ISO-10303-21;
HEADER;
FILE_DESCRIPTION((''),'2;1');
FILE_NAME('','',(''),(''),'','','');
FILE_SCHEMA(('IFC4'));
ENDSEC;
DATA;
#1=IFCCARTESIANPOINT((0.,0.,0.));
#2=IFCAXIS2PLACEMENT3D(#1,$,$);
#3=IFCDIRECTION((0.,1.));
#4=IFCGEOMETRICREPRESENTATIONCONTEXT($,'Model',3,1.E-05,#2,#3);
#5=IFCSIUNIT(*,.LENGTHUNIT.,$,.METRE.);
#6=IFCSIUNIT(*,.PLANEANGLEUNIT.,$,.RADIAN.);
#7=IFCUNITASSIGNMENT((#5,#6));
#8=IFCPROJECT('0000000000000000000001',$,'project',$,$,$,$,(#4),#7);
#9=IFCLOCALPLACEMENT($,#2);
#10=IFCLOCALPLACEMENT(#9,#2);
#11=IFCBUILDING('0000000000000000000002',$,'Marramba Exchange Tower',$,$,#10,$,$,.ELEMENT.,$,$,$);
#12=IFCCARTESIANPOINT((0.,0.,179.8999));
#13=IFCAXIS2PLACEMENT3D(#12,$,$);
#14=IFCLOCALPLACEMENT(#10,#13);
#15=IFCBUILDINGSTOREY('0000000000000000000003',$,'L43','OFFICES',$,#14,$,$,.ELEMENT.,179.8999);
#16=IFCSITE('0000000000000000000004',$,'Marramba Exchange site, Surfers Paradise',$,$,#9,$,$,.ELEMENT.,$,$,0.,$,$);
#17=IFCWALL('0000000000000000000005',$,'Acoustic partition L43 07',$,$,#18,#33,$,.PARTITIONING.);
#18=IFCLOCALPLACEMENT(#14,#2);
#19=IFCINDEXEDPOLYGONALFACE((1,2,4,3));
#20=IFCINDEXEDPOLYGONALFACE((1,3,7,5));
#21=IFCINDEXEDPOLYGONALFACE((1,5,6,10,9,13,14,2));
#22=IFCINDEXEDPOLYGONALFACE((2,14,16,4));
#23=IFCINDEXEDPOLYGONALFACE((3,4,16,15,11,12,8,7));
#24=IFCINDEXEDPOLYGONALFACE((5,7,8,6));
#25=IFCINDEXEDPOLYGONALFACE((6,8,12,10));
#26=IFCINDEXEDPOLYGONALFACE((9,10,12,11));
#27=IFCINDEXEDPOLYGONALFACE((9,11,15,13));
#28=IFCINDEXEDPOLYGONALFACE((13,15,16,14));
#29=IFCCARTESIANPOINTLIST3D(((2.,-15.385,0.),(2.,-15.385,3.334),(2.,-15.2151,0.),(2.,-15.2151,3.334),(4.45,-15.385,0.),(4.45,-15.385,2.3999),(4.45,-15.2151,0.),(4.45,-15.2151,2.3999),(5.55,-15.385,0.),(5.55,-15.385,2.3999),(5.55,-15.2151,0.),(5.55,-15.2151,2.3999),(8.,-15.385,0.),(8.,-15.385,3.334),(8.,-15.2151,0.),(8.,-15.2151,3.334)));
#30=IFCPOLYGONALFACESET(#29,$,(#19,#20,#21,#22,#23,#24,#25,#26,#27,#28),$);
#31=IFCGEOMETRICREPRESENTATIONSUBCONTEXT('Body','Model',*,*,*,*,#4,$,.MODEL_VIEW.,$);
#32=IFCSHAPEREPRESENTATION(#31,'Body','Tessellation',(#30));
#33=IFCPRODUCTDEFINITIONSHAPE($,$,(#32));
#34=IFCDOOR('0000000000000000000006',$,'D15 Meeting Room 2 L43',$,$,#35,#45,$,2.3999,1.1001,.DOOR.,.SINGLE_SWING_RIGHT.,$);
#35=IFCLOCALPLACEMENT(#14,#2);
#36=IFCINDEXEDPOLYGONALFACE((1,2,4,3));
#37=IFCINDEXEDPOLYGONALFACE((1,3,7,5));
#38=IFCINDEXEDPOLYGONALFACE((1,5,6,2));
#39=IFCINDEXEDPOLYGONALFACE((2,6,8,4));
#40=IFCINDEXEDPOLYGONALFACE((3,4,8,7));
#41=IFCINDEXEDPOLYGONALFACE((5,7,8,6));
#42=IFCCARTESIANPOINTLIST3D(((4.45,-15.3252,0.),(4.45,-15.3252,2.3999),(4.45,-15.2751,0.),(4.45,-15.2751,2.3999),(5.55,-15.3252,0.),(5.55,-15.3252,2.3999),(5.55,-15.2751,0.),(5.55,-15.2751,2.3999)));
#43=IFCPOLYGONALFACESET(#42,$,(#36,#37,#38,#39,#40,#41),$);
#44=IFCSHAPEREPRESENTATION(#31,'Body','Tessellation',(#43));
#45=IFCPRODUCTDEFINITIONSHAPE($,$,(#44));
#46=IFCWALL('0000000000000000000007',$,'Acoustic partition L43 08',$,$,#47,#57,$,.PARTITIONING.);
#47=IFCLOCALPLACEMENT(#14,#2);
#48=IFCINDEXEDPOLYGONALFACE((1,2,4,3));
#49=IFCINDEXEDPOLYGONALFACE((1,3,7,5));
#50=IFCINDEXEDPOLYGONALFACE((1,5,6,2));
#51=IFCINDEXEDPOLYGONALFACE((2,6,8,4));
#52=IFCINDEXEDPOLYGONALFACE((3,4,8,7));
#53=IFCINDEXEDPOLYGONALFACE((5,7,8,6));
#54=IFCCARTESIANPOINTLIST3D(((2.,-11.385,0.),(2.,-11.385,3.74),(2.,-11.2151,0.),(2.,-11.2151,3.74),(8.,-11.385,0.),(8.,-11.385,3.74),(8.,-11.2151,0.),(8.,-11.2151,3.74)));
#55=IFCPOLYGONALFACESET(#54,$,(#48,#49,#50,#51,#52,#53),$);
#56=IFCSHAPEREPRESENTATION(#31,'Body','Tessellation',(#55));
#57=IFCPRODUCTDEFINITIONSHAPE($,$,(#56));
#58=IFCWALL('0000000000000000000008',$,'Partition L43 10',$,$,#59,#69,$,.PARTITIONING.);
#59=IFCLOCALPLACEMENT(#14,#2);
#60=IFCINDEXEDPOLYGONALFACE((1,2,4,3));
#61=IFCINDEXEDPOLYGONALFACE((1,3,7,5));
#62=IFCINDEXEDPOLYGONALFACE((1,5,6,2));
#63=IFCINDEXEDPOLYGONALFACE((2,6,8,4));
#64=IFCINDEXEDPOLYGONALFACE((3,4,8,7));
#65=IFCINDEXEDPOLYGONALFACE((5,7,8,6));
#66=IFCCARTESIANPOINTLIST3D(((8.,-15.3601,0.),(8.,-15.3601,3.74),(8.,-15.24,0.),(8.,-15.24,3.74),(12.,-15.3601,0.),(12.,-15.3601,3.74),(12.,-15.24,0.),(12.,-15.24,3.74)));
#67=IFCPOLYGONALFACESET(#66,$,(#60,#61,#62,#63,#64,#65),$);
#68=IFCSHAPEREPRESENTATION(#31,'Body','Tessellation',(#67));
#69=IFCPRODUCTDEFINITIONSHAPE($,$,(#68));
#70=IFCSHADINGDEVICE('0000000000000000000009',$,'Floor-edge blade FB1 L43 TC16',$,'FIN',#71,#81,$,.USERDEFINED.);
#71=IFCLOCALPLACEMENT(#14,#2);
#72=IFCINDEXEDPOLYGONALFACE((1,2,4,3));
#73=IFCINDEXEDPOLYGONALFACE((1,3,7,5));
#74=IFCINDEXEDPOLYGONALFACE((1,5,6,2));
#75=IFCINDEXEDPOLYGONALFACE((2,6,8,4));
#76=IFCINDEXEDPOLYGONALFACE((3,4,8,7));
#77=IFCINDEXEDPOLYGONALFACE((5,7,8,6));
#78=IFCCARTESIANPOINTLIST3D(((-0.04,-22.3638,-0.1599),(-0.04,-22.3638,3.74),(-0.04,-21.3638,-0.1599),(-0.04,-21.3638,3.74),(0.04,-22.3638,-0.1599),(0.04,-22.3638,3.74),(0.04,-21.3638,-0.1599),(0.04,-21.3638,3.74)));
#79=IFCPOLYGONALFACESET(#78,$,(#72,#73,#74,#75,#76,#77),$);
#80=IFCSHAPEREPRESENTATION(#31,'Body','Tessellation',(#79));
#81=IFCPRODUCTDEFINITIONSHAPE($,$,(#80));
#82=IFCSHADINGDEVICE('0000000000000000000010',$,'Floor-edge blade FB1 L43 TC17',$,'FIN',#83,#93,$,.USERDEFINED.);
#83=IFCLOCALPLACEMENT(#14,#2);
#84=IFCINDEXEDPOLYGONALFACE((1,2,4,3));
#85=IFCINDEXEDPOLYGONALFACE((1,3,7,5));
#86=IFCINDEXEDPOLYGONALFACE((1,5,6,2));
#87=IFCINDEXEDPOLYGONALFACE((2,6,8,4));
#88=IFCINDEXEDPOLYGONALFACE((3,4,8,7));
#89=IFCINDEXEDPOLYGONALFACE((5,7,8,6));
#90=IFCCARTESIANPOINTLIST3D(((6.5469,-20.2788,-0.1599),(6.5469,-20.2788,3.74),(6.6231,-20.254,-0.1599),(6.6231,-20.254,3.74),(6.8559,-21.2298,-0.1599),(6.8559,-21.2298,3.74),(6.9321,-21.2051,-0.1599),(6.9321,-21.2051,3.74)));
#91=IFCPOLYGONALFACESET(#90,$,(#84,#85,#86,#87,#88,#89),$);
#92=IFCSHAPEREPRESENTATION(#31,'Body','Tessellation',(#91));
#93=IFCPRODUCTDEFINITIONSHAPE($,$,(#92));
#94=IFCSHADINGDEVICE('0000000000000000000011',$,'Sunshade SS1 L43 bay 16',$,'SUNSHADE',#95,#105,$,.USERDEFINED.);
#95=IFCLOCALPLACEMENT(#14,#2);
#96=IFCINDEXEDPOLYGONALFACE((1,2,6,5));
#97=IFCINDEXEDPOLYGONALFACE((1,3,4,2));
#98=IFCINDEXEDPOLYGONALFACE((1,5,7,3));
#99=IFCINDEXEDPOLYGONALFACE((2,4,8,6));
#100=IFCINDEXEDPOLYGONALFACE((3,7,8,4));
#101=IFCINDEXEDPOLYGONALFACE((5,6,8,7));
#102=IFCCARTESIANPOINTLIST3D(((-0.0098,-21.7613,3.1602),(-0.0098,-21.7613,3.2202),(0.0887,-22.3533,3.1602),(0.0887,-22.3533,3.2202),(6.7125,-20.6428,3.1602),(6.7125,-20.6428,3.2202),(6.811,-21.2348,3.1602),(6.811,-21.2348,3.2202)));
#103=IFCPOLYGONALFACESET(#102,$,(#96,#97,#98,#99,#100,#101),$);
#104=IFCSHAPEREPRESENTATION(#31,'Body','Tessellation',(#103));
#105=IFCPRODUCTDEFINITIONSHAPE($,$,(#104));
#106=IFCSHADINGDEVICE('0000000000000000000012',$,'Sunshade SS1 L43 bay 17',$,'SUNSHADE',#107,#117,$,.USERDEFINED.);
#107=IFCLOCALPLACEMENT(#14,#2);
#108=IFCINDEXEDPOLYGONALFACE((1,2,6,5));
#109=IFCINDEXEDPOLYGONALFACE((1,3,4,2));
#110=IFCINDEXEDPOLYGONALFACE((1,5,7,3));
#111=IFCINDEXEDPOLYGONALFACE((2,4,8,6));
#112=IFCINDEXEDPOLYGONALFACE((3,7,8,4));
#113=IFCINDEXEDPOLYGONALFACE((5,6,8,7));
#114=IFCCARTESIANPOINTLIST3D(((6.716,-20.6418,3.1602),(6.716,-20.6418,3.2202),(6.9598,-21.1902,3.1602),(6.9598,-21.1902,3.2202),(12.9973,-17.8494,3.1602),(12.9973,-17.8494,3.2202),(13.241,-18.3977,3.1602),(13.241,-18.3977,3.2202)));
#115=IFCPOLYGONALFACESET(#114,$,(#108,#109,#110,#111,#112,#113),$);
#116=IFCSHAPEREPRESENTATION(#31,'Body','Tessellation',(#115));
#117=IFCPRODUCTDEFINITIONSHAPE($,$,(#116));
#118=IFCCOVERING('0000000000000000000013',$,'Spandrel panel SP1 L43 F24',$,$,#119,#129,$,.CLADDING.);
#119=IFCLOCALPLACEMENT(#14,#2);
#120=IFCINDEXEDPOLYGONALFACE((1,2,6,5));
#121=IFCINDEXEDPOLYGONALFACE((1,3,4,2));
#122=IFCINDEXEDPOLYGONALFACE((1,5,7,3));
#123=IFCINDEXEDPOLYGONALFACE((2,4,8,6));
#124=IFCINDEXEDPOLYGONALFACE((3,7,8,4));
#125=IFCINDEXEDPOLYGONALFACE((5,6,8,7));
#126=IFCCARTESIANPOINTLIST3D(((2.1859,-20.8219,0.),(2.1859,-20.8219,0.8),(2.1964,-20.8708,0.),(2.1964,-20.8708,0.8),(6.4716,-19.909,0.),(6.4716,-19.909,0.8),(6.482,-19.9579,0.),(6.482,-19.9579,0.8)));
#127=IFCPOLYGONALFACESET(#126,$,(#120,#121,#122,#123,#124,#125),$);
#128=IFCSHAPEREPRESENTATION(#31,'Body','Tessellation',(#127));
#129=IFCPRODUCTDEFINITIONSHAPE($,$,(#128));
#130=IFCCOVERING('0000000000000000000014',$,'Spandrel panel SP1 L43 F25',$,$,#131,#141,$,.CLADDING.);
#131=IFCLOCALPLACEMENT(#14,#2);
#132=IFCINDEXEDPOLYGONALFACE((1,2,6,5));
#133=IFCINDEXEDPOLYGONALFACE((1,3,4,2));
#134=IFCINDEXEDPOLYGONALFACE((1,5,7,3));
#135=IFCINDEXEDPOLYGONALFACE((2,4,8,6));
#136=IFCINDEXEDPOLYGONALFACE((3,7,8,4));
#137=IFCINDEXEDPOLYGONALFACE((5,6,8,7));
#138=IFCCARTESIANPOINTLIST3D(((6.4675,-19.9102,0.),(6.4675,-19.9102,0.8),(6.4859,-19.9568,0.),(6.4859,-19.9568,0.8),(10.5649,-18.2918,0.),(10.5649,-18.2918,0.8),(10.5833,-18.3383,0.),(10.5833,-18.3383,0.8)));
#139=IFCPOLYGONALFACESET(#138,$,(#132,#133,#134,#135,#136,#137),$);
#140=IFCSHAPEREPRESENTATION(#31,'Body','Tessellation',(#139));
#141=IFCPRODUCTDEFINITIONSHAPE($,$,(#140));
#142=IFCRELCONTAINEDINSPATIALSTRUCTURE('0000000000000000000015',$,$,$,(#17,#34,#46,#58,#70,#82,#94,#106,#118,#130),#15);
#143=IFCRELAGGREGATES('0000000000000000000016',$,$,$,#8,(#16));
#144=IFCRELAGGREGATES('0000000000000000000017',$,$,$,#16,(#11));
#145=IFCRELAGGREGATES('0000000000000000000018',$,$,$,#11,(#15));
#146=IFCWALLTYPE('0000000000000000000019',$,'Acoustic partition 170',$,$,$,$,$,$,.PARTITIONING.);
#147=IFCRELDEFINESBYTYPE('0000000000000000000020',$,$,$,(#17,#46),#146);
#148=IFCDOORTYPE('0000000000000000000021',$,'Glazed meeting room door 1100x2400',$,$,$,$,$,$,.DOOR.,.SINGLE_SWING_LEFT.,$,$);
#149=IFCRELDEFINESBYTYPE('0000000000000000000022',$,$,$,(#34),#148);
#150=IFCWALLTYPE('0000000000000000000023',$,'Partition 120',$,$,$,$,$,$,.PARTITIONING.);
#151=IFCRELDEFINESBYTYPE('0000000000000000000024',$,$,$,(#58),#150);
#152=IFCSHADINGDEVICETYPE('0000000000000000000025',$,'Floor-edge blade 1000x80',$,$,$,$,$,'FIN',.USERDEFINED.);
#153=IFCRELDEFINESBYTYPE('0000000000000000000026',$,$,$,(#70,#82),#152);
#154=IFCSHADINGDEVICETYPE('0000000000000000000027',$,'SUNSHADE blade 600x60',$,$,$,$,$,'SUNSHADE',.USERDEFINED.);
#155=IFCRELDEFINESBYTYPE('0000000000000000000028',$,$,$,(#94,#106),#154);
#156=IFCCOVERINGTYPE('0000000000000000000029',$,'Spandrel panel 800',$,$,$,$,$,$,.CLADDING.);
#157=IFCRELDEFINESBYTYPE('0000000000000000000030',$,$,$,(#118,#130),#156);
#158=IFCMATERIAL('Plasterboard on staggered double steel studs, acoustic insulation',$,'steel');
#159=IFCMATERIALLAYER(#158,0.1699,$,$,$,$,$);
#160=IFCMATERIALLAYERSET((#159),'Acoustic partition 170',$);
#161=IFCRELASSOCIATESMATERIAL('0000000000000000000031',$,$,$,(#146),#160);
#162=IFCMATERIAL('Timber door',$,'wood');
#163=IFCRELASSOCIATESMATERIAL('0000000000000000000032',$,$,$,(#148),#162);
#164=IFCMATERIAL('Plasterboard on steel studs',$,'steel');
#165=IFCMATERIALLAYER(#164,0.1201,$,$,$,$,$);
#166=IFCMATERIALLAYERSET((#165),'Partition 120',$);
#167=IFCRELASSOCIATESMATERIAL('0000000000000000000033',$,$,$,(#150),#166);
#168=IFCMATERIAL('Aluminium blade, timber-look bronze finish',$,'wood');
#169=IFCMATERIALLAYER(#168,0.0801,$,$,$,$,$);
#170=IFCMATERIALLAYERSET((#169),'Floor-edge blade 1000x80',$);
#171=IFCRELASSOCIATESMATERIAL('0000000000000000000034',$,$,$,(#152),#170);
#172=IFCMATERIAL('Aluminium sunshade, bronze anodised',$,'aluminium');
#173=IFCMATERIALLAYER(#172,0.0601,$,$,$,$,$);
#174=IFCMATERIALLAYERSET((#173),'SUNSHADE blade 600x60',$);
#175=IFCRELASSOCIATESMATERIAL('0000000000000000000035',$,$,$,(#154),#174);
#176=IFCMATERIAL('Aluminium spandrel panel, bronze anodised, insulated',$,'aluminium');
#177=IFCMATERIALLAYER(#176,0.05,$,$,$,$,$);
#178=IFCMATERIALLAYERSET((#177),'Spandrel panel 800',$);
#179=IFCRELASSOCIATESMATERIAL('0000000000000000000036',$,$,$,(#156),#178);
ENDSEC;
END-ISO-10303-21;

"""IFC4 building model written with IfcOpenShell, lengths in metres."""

from ifc_helpers import new_model, si_unit, direction, frame, frame_2d, origin, origin_2d, place, context, subcontext, project, spatial, rectangle, extrude, material, layer, layer_set, type_object, element, fill, save


model = new_model("IFC4")

# Units and contexts
model_context = context("Model", 3, precision=1e-05, world=origin(), true_north=direction((0.0, 1.0)))
body_context = subcontext(model_context, "Body", "Model", "MODEL_VIEW")
ifc_project = project(units=[si_unit("LENGTHUNIT", "METRE"), si_unit("PLANEANGLEUNIT", "RADIAN")], contexts=[model_context])

# Site, building, storey
site_placement = place(None, origin())
site = spatial("IfcSite", under=ifc_project, at=site_placement, Name="Marramba Exchange site, Surfers Paradise", CompositionType="ELEMENT", RefElevation=0.0)
building_placement = place(site_placement, origin())
building = spatial("IfcBuilding", under=site, at=building_placement, Name="Marramba Exchange Tower", CompositionType="ELEMENT")
storey_placement = place(building_placement, frame((0.0, 0.0, 179.8999)))
storey = spatial("IfcBuildingStorey", under=building, at=storey_placement, Name="L43", Description="OFFICES", CompositionType="ELEMENT", Elevation=179.8999)

# Shared definitions
ifc_material_1 = material(Name="Plasterboard on staggered double steel studs, acoustic insulation", Category="steel")
ifc_layer_1 = layer(ifc_material_1, 0.1699)
ifc_layer_set_1 = layer_set([ifc_layer_1], Name="Acoustic partition 170")
wall_type_1 = type_object("IfcWallType", Name="Acoustic partition 170", PredefinedType="PARTITIONING", material=ifc_layer_set_1)

# Wall, opening, door
wall_1_placement = place(storey_placement, frame((2.0, -15.3, 0.0), z_axis=(0.0, 0.0, 1.0), x_axis=(1.0, 0.0, 0.0)))
wall_1 = element("IfcWall", 1, at=wall_1_placement, inside=storey, type_object=wall_type_1, Name="Acoustic partition L43 07", PredefinedType="PARTITIONING", context=body_context, shape_type="SweptSolid", body=[
    extrude(rectangle(XDim=6.0, YDim=0.1699, at=frame_2d((3.0, 0.0))), origin(), (0.0, 0.0, 1.0), 3.334),
])
opening_placement = place(wall_1_placement, frame((2.45, 0.0, 0.0)))
opening = element("IfcOpeningElement", 2, at=opening_placement, cuts=wall_1, PredefinedType="OPENING", context=body_context, shape_type="SweptSolid", body=[
    extrude(rectangle(XDim=1.1001, YDim=2.3999, at=frame_2d((0.55, 1.2))), frame((0.0, 0.095, 0.0), z_axis=(0.0, -1.0, 0.0), x_axis=(1.0, 0.0, 0.0)), (0.0, 0.0, 1.0), 0.1899),
])
ifc_material_2 = material(Name="Timber door", Category="wood")
door_type = type_object("IfcDoorType", Name="Glazed meeting room door 1100x2400", OperationType="SINGLE_SWING_LEFT", PredefinedType="DOOR", material=ifc_material_2)
door_placement = place(opening_placement, origin())
door = element("IfcDoor", 3, at=door_placement, inside=storey, type_object=door_type, Name="D15 Meeting Room 2 L43", OperationType="SINGLE_SWING_RIGHT", OverallHeight=2.3999, OverallWidth=1.1001, PredefinedType="DOOR", context=body_context, shape_type="SweptSolid", body=[
    extrude(rectangle(XDim=1.1001, YDim=2.3999, at=frame_2d((0.55, 1.2))), frame((0.0, 0.0249, 0.0), z_axis=(0.0, -1.0, 0.0), x_axis=(1.0, 0.0, 0.0)), (0.0, 0.0, 1.0), 0.05),
])
fill(opening, door)

# Walls
wall_2_placement = place(storey_placement, frame((8.0, -11.3, 0.0), z_axis=(0.0, 0.0, 1.0), x_axis=(-1.0, 0.0, 0.0)))
element("IfcWall", 4, at=wall_2_placement, inside=storey, type_object=wall_type_1, Name="Acoustic partition L43 08", PredefinedType="PARTITIONING", context=body_context, shape_type="SweptSolid", body=[
    extrude(rectangle(XDim=6.0, YDim=0.1699, at=frame_2d((3.0, 0.0))), origin(), (0.0, 0.0, 1.0), 3.74),
])
ifc_material_3 = material(Name="Plasterboard on steel studs", Category="steel")
ifc_layer_2 = layer(ifc_material_3, 0.1201)
ifc_layer_set_2 = layer_set([ifc_layer_2], Name="Partition 120")
wall_type_2 = type_object("IfcWallType", Name="Partition 120", PredefinedType="PARTITIONING", material=ifc_layer_set_2)
wall_3_placement = place(storey_placement, frame((8.0, -15.3, 0.0), z_axis=(0.0, 0.0, 1.0), x_axis=(1.0, 0.0, 0.0)))
element("IfcWall", 5, at=wall_3_placement, inside=storey, type_object=wall_type_2, Name="Partition L43 10", PredefinedType="PARTITIONING", context=body_context, shape_type="SweptSolid", body=[
    extrude(rectangle(XDim=4.0, YDim=0.1201, at=frame_2d((2.0, 0.0))), origin(), (0.0, 0.0, 1.0), 3.74),
])

# Shading devices
ifc_material_4 = material(Name="Aluminium blade, timber-look bronze finish", Category="wood")
ifc_layer_3 = layer(ifc_material_4, 0.0801)
ifc_layer_set_3 = layer_set([ifc_layer_3], Name="Floor-edge blade 1000x80")
shading_device_type_1 = type_object("IfcShadingDeviceType", Name="Floor-edge blade 1000x80", ElementType="FIN", PredefinedType="USERDEFINED", material=ifc_layer_set_3)
for number, where, z_axis, x_axis, name in (
    (6, (0.0, -21.8638, -0.1599), (0.0, 0.0, 1.0), (0.0, -1.0, 0.0), "Floor-edge blade FB1 L43 TC16"),
    (7, (6.7395, -20.7419, -0.1599), (0.0, 0.0, 1.0), (0.309017, -0.951057, 0.0), "Floor-edge blade FB1 L43 TC17"),
):
    element("IfcShadingDevice", number, at=place(storey_placement, frame(where, z_axis=z_axis, x_axis=x_axis)), inside=storey, type_object=shading_device_type_1, Name=name, ObjectType="FIN", PredefinedType="USERDEFINED", context=body_context, shape_type="SweptSolid", body=[
        extrude(rectangle(XDim=1.0, YDim=0.0801, at=origin_2d()), origin(), (0.0, 0.0, 1.0), 3.8999),
    ])
ifc_material_5 = material(Name="Aluminium sunshade, bronze anodised", Category="aluminium")
ifc_layer_4 = layer(ifc_material_5, 0.0601)
ifc_layer_set_4 = layer_set([ifc_layer_4], Name="SUNSHADE blade 600x60")
shading_device_type_2 = type_object("IfcShadingDeviceType", Name="SUNSHADE blade 600x60", ElementType="SUNSHADE", PredefinedType="USERDEFINED", material=ifc_layer_set_4)
shading_device_1_placement = place(storey_placement, frame((3.4006, -21.498, 3.1602), z_axis=(0.0, 0.0, 1.0), x_axis=(0.98644, 0.164125, 0.0)))
element("IfcShadingDevice", 8, at=shading_device_1_placement, inside=storey, type_object=shading_device_type_2, Name="Sunshade SS1 L43 bay 16", ObjectType="SUNSHADE", PredefinedType="USERDEFINED", context=body_context, shape_type="SweptSolid", body=[
    extrude(rectangle(XDim=6.8147, YDim=0.6001, at=origin_2d()), origin(), (0.0, 0.0, 1.0), 0.0601),
])
shading_device_2_placement = place(storey_placement, frame((9.9785, -19.5198, 3.1602), z_axis=(0.0, 0.0, 1.0), x_axis=(0.913772, 0.406228, 0.0)))
element("IfcShadingDevice", 9, at=shading_device_2_placement, inside=storey, type_object=shading_device_type_2, Name="Sunshade SS1 L43 bay 17", ObjectType="SUNSHADE", PredefinedType="USERDEFINED", context=body_context, shape_type="SweptSolid", body=[
    extrude(rectangle(XDim=6.874, YDim=0.6001, at=origin_2d()), origin(), (0.0, 0.0, 1.0), 0.0601),
])

# Coverings
ifc_material_6 = material(Name="Aluminium spandrel panel, bronze anodised, insulated", Category="aluminium")
ifc_layer_5 = layer(ifc_material_6, 0.05)
ifc_layer_set_5 = layer_set([ifc_layer_5], Name="Spandrel panel 800")
covering_type = type_object("IfcCoveringType", Name="Spandrel panel 800", PredefinedType="CLADDING", material=ifc_layer_set_5)
covering_1_placement = place(storey_placement, frame((4.334, -20.3899, 0.0), z_axis=(0.0, 0.0, 1.0), x_axis=(0.978058, 0.208332, 0.0)))
element("IfcCovering", 10, at=covering_1_placement, inside=storey, type_object=covering_type, Name="Spandrel panel SP1 L43 F24", PredefinedType="CLADDING", context=body_context, shape_type="SweptSolid", body=[
    extrude(rectangle(XDim=4.3818, YDim=0.05, at=origin_2d()), origin(), (0.0, 0.0, 1.0), 0.8),
])
covering_2_placement = place(storey_placement, frame((8.5254, -19.1243, 0.0), z_axis=(0.0, 0.0, 1.0), x_axis=(0.930073, 0.367375, 0.0)))
element("IfcCovering", 11, at=covering_2_placement, inside=storey, type_object=covering_type, Name="Spandrel panel SP1 L43 F25", PredefinedType="CLADDING", context=body_context, shape_type="SweptSolid", body=[
    extrude(rectangle(XDim=4.4055, YDim=0.05, at=origin_2d()), origin(), (0.0, 0.0, 1.0), 0.8),
])

save(model, "model.ifc")
